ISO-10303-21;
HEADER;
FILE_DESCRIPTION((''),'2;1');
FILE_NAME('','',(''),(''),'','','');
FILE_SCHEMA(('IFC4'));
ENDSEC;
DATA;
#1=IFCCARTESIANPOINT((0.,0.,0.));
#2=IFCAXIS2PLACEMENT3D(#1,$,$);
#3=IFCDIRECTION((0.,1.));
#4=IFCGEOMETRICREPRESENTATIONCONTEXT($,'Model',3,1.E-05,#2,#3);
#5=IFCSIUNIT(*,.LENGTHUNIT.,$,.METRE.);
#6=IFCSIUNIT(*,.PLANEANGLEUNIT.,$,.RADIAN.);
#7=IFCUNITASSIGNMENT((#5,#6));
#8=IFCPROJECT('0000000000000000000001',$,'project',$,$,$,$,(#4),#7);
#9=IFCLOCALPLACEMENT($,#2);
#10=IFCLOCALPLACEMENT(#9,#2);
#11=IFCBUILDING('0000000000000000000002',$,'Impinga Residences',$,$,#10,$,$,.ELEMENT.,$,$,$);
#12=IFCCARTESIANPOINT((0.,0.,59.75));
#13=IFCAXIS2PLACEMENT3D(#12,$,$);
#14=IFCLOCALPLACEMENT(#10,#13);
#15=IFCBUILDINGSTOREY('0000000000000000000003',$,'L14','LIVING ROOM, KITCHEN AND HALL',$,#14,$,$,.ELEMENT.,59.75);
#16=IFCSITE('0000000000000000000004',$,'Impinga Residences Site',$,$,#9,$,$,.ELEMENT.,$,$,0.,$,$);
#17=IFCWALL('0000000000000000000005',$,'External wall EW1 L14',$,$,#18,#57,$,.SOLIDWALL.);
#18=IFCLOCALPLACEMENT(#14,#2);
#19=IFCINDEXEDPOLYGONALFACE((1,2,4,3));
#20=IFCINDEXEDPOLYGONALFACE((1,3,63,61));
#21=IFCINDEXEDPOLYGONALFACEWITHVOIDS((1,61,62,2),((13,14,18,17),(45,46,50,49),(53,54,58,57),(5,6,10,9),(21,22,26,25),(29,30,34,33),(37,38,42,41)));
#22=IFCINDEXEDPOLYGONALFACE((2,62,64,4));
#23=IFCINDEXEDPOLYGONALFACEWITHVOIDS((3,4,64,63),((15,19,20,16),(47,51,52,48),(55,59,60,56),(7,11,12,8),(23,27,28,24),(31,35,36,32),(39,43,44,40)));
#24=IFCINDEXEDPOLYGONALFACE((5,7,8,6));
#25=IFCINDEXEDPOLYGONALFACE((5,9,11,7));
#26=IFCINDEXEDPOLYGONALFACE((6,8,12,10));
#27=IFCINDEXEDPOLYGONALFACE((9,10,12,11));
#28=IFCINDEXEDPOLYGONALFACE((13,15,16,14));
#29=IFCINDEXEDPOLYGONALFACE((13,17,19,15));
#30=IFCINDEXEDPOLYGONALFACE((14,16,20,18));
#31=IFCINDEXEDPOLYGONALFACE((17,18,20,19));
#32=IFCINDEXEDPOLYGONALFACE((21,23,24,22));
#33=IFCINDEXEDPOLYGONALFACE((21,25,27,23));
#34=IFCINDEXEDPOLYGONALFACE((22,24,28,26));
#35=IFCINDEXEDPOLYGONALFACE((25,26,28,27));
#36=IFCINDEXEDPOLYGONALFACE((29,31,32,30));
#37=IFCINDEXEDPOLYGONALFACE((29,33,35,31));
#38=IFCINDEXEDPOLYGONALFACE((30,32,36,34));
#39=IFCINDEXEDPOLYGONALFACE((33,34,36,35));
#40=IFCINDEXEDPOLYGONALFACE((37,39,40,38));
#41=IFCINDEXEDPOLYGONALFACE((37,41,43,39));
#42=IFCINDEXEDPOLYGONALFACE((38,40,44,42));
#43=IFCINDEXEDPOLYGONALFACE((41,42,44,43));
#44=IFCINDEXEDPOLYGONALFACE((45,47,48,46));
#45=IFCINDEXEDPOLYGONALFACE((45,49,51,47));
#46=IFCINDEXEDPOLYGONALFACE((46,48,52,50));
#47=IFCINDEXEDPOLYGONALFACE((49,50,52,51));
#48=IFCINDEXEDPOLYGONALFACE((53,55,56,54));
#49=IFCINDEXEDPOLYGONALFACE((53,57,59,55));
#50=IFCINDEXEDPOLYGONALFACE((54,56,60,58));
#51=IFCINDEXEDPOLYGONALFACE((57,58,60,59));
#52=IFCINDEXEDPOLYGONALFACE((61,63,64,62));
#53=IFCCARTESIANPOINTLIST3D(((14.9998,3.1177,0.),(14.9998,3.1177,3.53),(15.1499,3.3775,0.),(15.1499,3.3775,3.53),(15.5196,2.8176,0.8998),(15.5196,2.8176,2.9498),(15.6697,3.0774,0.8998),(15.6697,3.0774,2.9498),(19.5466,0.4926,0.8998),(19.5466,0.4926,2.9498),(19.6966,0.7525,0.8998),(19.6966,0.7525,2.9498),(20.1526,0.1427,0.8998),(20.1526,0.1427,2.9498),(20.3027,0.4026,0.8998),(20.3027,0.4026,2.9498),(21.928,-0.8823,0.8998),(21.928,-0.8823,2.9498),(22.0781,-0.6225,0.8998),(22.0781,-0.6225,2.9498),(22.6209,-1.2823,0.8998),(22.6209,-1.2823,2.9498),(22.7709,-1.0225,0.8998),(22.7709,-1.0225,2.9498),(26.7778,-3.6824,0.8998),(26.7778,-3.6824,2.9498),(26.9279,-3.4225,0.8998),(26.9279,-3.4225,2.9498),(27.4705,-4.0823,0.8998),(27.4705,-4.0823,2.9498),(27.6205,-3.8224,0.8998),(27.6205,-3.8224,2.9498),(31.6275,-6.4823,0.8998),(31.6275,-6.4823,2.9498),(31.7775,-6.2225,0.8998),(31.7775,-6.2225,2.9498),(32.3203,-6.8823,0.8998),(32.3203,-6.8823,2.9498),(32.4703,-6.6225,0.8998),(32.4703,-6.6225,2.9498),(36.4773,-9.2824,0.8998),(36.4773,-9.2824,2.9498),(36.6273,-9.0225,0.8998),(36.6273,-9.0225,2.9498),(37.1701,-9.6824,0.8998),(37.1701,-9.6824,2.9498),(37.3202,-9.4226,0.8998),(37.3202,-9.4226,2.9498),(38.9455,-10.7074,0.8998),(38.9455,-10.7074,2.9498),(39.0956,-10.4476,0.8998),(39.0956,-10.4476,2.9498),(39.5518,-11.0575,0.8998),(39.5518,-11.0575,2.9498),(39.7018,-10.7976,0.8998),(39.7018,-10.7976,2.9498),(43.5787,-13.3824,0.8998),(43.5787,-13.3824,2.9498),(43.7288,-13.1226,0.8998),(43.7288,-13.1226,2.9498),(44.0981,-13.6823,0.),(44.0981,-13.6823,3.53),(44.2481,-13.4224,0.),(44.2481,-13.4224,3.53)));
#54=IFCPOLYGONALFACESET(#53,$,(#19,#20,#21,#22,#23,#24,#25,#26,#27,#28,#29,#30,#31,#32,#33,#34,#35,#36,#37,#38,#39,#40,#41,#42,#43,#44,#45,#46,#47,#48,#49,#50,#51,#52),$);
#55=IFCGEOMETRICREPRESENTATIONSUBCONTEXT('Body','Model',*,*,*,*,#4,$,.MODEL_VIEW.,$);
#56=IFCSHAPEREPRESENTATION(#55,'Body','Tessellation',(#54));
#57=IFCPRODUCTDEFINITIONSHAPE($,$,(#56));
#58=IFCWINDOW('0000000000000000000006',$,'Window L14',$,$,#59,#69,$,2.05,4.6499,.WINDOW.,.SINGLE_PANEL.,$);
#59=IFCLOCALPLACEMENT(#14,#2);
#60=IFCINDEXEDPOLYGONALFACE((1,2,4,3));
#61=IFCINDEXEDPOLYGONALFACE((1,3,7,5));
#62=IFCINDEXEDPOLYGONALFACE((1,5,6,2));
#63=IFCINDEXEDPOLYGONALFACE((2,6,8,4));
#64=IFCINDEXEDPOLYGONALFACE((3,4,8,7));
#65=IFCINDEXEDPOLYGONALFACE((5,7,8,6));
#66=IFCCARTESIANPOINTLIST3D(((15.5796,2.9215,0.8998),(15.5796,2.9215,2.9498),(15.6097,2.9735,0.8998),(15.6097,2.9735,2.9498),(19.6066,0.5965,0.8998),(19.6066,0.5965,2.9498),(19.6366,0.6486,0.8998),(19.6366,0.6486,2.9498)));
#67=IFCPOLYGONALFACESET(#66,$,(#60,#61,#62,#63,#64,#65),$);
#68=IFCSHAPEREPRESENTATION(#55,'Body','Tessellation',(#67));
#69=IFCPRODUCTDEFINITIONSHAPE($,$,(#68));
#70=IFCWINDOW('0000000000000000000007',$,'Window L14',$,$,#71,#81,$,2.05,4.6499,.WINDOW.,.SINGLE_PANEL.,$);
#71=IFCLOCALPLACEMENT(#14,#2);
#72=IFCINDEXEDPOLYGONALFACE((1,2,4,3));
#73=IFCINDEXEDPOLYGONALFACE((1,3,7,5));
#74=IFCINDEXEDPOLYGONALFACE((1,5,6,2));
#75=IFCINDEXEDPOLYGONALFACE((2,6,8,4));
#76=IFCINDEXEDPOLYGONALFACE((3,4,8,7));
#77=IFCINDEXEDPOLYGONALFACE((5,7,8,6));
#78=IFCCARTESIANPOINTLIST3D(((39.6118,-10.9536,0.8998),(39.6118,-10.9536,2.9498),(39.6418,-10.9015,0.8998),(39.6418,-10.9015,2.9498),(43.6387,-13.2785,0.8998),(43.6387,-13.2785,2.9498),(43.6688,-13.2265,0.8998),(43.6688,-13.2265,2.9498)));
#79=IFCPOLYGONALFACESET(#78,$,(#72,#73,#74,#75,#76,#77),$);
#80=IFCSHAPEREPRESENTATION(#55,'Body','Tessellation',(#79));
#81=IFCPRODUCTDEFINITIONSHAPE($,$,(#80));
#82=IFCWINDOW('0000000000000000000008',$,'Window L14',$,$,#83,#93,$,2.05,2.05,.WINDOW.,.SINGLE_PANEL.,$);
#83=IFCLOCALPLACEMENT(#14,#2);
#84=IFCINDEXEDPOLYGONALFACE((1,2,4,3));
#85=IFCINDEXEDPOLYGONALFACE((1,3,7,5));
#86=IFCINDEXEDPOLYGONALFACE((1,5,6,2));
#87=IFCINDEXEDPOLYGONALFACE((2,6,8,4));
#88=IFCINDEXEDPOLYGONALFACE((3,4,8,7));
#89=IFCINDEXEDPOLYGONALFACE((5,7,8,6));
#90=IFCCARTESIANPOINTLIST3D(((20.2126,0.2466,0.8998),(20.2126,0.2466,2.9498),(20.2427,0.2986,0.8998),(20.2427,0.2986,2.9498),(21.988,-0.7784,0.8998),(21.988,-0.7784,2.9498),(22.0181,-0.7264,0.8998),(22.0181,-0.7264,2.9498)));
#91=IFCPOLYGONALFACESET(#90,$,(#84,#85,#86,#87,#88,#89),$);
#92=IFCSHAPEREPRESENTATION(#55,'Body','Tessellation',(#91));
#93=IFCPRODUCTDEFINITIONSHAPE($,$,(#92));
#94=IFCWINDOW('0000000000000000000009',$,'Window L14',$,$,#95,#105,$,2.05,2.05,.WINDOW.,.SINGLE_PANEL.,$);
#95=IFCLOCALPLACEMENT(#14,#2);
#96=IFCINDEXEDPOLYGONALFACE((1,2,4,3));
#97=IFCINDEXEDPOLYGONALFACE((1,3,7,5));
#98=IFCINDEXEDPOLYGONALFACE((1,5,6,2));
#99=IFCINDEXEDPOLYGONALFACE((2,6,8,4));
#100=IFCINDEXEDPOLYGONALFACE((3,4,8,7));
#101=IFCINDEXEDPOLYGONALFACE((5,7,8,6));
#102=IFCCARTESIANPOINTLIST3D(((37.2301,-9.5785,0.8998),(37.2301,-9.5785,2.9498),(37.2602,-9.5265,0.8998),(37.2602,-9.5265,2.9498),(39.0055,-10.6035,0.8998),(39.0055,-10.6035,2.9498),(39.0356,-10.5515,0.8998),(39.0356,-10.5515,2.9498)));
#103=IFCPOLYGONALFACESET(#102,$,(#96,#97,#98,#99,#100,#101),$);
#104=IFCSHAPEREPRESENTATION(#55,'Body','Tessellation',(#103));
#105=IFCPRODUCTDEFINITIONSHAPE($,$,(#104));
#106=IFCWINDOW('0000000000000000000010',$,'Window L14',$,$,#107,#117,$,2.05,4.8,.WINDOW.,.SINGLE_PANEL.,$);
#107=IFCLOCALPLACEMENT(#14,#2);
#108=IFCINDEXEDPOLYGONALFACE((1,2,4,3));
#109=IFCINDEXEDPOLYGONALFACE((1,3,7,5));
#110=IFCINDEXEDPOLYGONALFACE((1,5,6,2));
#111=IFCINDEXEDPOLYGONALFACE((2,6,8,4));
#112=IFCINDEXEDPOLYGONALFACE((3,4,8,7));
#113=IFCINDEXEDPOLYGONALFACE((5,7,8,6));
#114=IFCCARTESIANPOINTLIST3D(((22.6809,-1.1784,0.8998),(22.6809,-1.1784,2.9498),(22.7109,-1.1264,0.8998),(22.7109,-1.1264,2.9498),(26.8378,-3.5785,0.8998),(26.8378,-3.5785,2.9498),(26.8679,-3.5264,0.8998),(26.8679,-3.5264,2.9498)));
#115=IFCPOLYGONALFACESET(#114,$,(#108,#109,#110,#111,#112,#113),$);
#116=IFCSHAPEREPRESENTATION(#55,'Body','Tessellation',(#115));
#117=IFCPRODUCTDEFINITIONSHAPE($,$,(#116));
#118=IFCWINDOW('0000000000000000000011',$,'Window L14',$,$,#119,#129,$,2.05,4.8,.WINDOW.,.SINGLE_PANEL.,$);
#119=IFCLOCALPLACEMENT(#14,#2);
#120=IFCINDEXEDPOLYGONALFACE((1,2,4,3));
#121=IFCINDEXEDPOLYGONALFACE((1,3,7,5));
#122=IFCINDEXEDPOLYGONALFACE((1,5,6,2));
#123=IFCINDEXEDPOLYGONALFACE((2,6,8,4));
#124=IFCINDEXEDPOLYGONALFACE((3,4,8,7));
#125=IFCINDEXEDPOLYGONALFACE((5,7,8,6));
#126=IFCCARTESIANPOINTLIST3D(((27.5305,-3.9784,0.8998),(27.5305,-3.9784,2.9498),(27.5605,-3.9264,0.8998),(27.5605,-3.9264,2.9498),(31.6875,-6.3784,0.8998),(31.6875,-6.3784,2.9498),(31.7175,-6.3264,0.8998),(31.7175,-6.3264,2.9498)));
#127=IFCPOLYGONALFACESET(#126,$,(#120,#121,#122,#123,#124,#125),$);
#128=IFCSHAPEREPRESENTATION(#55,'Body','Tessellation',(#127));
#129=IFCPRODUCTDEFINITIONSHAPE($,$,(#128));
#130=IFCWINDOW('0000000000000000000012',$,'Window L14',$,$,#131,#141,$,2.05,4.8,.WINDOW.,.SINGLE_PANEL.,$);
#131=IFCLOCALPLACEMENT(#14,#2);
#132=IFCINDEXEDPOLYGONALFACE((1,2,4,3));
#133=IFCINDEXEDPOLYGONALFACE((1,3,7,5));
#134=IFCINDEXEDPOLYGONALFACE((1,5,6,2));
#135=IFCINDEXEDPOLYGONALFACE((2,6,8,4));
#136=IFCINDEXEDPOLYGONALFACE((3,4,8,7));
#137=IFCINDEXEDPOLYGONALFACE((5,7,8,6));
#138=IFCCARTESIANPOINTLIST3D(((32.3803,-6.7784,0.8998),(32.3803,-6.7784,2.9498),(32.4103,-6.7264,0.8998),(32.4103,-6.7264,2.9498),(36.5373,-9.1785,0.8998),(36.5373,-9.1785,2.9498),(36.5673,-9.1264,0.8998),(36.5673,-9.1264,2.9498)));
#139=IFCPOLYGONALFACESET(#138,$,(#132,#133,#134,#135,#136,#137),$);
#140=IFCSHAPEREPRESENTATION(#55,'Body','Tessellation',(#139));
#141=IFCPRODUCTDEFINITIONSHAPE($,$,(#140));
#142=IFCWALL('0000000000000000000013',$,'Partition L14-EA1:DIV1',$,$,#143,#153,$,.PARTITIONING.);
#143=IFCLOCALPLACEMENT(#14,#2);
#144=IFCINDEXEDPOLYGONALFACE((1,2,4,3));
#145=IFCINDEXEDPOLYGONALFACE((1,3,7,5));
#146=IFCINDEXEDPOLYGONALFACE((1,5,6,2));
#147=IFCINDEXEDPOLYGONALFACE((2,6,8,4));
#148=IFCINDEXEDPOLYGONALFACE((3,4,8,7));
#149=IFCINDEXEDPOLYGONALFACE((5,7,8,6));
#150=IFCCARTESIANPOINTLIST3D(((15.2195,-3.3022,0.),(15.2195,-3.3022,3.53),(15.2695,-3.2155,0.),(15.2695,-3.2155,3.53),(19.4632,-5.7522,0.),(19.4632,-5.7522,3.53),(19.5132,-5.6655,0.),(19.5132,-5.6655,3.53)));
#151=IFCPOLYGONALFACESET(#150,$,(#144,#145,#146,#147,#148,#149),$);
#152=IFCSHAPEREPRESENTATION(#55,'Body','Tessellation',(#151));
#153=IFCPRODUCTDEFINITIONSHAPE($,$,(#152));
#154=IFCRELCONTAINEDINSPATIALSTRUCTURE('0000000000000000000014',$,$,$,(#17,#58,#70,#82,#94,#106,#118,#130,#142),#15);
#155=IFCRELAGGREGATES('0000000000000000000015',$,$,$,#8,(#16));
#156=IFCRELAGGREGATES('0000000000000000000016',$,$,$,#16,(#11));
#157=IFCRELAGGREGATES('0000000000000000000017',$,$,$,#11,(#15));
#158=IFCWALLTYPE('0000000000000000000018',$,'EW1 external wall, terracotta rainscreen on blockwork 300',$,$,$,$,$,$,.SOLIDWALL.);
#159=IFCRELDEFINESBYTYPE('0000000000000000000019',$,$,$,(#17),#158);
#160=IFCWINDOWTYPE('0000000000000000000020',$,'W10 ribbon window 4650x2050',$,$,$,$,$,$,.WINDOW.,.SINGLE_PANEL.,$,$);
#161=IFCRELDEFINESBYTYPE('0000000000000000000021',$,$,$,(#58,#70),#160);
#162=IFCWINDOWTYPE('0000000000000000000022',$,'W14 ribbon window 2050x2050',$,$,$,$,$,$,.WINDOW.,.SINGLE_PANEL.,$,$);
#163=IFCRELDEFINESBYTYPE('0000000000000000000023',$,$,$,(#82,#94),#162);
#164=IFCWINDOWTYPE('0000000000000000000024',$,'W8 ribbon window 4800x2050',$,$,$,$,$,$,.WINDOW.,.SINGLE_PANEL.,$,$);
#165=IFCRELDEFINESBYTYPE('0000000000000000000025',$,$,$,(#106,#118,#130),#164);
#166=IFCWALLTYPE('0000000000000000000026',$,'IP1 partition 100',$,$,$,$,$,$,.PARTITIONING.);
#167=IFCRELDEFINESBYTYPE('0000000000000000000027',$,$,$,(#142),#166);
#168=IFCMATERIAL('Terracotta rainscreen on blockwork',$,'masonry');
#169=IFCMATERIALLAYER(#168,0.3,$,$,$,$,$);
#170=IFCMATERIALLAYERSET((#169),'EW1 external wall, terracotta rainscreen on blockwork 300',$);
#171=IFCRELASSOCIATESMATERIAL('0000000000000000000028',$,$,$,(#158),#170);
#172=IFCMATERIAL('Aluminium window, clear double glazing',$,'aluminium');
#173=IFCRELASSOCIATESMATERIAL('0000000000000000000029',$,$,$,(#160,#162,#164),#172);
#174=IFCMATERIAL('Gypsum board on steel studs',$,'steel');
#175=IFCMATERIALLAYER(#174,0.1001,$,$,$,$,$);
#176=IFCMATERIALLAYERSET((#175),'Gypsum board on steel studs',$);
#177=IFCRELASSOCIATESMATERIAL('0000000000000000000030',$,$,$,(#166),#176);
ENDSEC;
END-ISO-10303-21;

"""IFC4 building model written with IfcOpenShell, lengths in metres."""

from ifc_helpers import new_model, si_unit, direction, frame, frame_2d, origin, place, context, subcontext, project, spatial, rectangle, extrude, material, layer, layer_set, type_object, element, fill, save


model = new_model("IFC4")

# Units and contexts
model_context = context("Model", 3, precision=1e-05, world=origin(), true_north=direction((0.0, 1.0)))
body_context = subcontext(model_context, "Body", "Model", "MODEL_VIEW")
ifc_project = project(units=[si_unit("LENGTHUNIT", "METRE"), si_unit("PLANEANGLEUNIT", "RADIAN")], contexts=[model_context])

# Site, building, storey
site_placement = place(None, origin())
site = spatial("IfcSite", under=ifc_project, at=site_placement, Name="Impinga Residences Site", CompositionType="ELEMENT", RefElevation=0.0)
building_placement = place(site_placement, origin())
building = spatial("IfcBuilding", under=site, at=building_placement, Name="Impinga Residences", CompositionType="ELEMENT")
storey_placement = place(building_placement, frame((0.0, 0.0, 59.75)))
storey = spatial("IfcBuildingStorey", under=building, at=storey_placement, Name="L14", Description="LIVING ROOM, KITCHEN AND HALL", CompositionType="ELEMENT", Elevation=59.75)

# Shared definitions
ifc_material_1 = material(Name="Terracotta rainscreen on blockwork", Category="masonry")
ifc_layer_1 = layer(ifc_material_1, 0.3)
ifc_layer_set_1 = layer_set([ifc_layer_1], Name="EW1 external wall, terracotta rainscreen on blockwork 300")
wall_type_1 = type_object("IfcWallType", Name="EW1 external wall, terracotta rainscreen on blockwork 300", PredefinedType="SOLIDWALL", material=ifc_layer_set_1)

# Wall, openings, windows
wall_1_placement = place(storey_placement, frame((15.075, 3.2476, 0.0), z_axis=(0.0, 0.0, 1.0), x_axis=(0.866024, -0.500002, 0.0)))
wall_1 = element("IfcWall", 1, at=wall_1_placement, inside=storey, type_object=wall_type_1, Name="External wall EW1 L14", PredefinedType="SOLIDWALL", context=body_context, shape_type="SweptSolid", body=[
    extrude(rectangle(XDim=33.5999, YDim=0.3, at=frame_2d((16.7998, 0.0))), origin(), (0.0, 0.0, 1.0), 3.53),
])
opening_1_placement = place(wall_1_placement, frame((0.6001, 0.0, 0.8999)))
opening_1 = element("IfcOpeningElement", 2, at=opening_1_placement, cuts=wall_1, PredefinedType="OPENING", context=body_context, shape_type="SweptSolid", body=[
    extrude(rectangle(XDim=4.6499, YDim=2.05, at=frame_2d((2.325, 1.0249))), frame((0.0, 0.1599, 0.0), z_axis=(0.0, -1.0, 0.0), x_axis=(1.0, 0.0, 0.0)), (0.0, 0.0, 1.0), 0.3201),
])
opening_2_placement = place(wall_1_placement, frame((5.95, 0.0, 0.8999)))
opening_2 = element("IfcOpeningElement", 3, at=opening_2_placement, cuts=wall_1, PredefinedType="OPENING", context=body_context, shape_type="SweptSolid", body=[
    extrude(rectangle(XDim=2.05, YDim=2.05, at=frame_2d((1.0249, 1.0249))), frame((0.0, 0.1599, 0.0), z_axis=(0.0, -1.0, 0.0), x_axis=(1.0, 0.0, 0.0)), (0.0, 0.0, 1.0), 0.3201),
])
opening_3_placement = place(wall_1_placement, frame((8.8, 0.0, 0.8999)))
opening_3 = element("IfcOpeningElement", 4, at=opening_3_placement, cuts=wall_1, PredefinedType="OPENING", context=body_context, shape_type="SweptSolid", body=[
    extrude(rectangle(XDim=4.8, YDim=2.05, at=frame_2d((2.3999, 1.0249))), frame((0.0, 0.1599, 0.0), z_axis=(0.0, -1.0, 0.0), x_axis=(1.0, 0.0, 0.0)), (0.0, 0.0, 1.0), 0.3201),
])
opening_4_placement = place(wall_1_placement, frame((14.3999, 0.0, 0.8999)))
opening_4 = element("IfcOpeningElement", 5, at=opening_4_placement, cuts=wall_1, PredefinedType="OPENING", context=body_context, shape_type="SweptSolid", body=[
    extrude(rectangle(XDim=4.8, YDim=2.05, at=frame_2d((2.3999, 1.0249))), frame((0.0, 0.1599, 0.0), z_axis=(0.0, -1.0, 0.0), x_axis=(1.0, 0.0, 0.0)), (0.0, 0.0, 1.0), 0.3201),
])
opening_5_placement = place(wall_1_placement, frame((20.0, 0.0, 0.8999)))
opening_5 = element("IfcOpeningElement", 6, at=opening_5_placement, cuts=wall_1, PredefinedType="OPENING", context=body_context, shape_type="SweptSolid", body=[
    extrude(rectangle(XDim=4.8, YDim=2.05, at=frame_2d((2.3999, 1.0249))), frame((0.0, 0.1599, 0.0), z_axis=(0.0, -1.0, 0.0), x_axis=(1.0, 0.0, 0.0)), (0.0, 0.0, 1.0), 0.3201),
])
opening_6_placement = place(wall_1_placement, frame((25.6001, 0.0, 0.8999)))
opening_6 = element("IfcOpeningElement", 7, at=opening_6_placement, cuts=wall_1, PredefinedType="OPENING", context=body_context, shape_type="SweptSolid", body=[
    extrude(rectangle(XDim=2.05, YDim=2.05, at=frame_2d((1.0249, 1.0249))), frame((0.0, 0.1599, 0.0), z_axis=(0.0, -1.0, 0.0), x_axis=(1.0, 0.0, 0.0)), (0.0, 0.0, 1.0), 0.3201),
])
opening_7_placement = place(wall_1_placement, frame((28.3501, 0.0, 0.8999)))
opening_7 = element("IfcOpeningElement", 8, at=opening_7_placement, cuts=wall_1, PredefinedType="OPENING", context=body_context, shape_type="SweptSolid", body=[
    extrude(rectangle(XDim=4.6499, YDim=2.05, at=frame_2d((2.325, 1.0249))), frame((0.0, 0.1599, 0.0), z_axis=(0.0, -1.0, 0.0), x_axis=(1.0, 0.0, 0.0)), (0.0, 0.0, 1.0), 0.3201),
])
ifc_material_2 = material(Name="Aluminium window, clear double glazing", Category="aluminium")
window_type_1 = type_object("IfcWindowType", Name="W10 ribbon window 4650x2050", PartitioningType="SINGLE_PANEL", PredefinedType="WINDOW", material=ifc_material_2)
window_1_placement = place(opening_1_placement, origin())
window_1 = element("IfcWindow", 9, at=window_1_placement, inside=storey, type_object=window_type_1, Name="Window L14", OverallHeight=2.05, OverallWidth=4.6499, PartitioningType="SINGLE_PANEL", PredefinedType="WINDOW", context=body_context, shape_type="SweptSolid", body=[
    extrude(rectangle(XDim=4.6499, YDim=2.05, at=frame_2d((2.325, 1.0249))), frame((0.0, 0.03, 0.0), z_axis=(0.0, -1.0, 0.0), x_axis=(1.0, 0.0, 0.0)), (0.0, 0.0, 1.0), 0.0601),
])
fill(opening_1, window_1)
window_2_placement = place(opening_7_placement, origin())
window_2 = element("IfcWindow", 10, at=window_2_placement, inside=storey, type_object=window_type_1, Name="Window L14", OverallHeight=2.05, OverallWidth=4.6499, PartitioningType="SINGLE_PANEL", PredefinedType="WINDOW", context=body_context, shape_type="SweptSolid", body=[
    extrude(rectangle(XDim=4.6499, YDim=2.05, at=frame_2d((2.325, 1.0249))), frame((0.0, 0.03, 0.0), z_axis=(0.0, -1.0, 0.0), x_axis=(1.0, 0.0, 0.0)), (0.0, 0.0, 1.0), 0.0601),
])
fill(opening_7, window_2)
window_type_2 = type_object("IfcWindowType", Name="W14 ribbon window 2050x2050", PartitioningType="SINGLE_PANEL", PredefinedType="WINDOW", material=ifc_material_2)
window_3_placement = place(opening_2_placement, origin())
window_3 = element("IfcWindow", 11, at=window_3_placement, inside=storey, type_object=window_type_2, Name="Window L14", OverallHeight=2.05, OverallWidth=2.05, PartitioningType="SINGLE_PANEL", PredefinedType="WINDOW", context=body_context, shape_type="SweptSolid", body=[
    extrude(rectangle(XDim=2.05, YDim=2.05, at=frame_2d((1.0249, 1.0249))), frame((0.0, 0.03, 0.0), z_axis=(0.0, -1.0, 0.0), x_axis=(1.0, 0.0, 0.0)), (0.0, 0.0, 1.0), 0.0601),
])
fill(opening_2, window_3)
window_4_placement = place(opening_6_placement, origin())
window_4 = element("IfcWindow", 12, at=window_4_placement, inside=storey, type_object=window_type_2, Name="Window L14", OverallHeight=2.05, OverallWidth=2.05, PartitioningType="SINGLE_PANEL", PredefinedType="WINDOW", context=body_context, shape_type="SweptSolid", body=[
    extrude(rectangle(XDim=2.05, YDim=2.05, at=frame_2d((1.0249, 1.0249))), frame((0.0, 0.03, 0.0), z_axis=(0.0, -1.0, 0.0), x_axis=(1.0, 0.0, 0.0)), (0.0, 0.0, 1.0), 0.0601),
])
fill(opening_6, window_4)
window_type_3 = type_object("IfcWindowType", Name="W8 ribbon window 4800x2050", PartitioningType="SINGLE_PANEL", PredefinedType="WINDOW", material=ifc_material_2)
window_5_placement = place(opening_3_placement, origin())
window_5 = element("IfcWindow", 13, at=window_5_placement, inside=storey, type_object=window_type_3, Name="Window L14", OverallHeight=2.05, OverallWidth=4.8, PartitioningType="SINGLE_PANEL", PredefinedType="WINDOW", context=body_context, shape_type="SweptSolid", body=[
    extrude(rectangle(XDim=4.8, YDim=2.05, at=frame_2d((2.3999, 1.0249))), frame((0.0, 0.03, 0.0), z_axis=(0.0, -1.0, 0.0), x_axis=(1.0, 0.0, 0.0)), (0.0, 0.0, 1.0), 0.0601),
])
fill(opening_3, window_5)
window_6_placement = place(opening_4_placement, origin())
window_6 = element("IfcWindow", 14, at=window_6_placement, inside=storey, type_object=window_type_3, Name="Window L14", OverallHeight=2.05, OverallWidth=4.8, PartitioningType="SINGLE_PANEL", PredefinedType="WINDOW", context=body_context, shape_type="SweptSolid", body=[
    extrude(rectangle(XDim=4.8, YDim=2.05, at=frame_2d((2.3999, 1.0249))), frame((0.0, 0.03, 0.0), z_axis=(0.0, -1.0, 0.0), x_axis=(1.0, 0.0, 0.0)), (0.0, 0.0, 1.0), 0.0601),
])
fill(opening_4, window_6)
window_7_placement = place(opening_5_placement, origin())
window_7 = element("IfcWindow", 15, at=window_7_placement, inside=storey, type_object=window_type_3, Name="Window L14", OverallHeight=2.05, OverallWidth=4.8, PartitioningType="SINGLE_PANEL", PredefinedType="WINDOW", context=body_context, shape_type="SweptSolid", body=[
    extrude(rectangle(XDim=4.8, YDim=2.05, at=frame_2d((2.3999, 1.0249))), frame((0.0, 0.03, 0.0), z_axis=(0.0, -1.0, 0.0), x_axis=(1.0, 0.0, 0.0)), (0.0, 0.0, 1.0), 0.0601),
])
fill(opening_5, window_7)

# Wall
ifc_material_3 = material(Name="Gypsum board on steel studs", Category="steel")
ifc_layer_2 = layer(ifc_material_3, 0.1001)
ifc_layer_set_2 = layer_set([ifc_layer_2], Name="Gypsum board on steel studs")
wall_type_2 = type_object("IfcWallType", Name="IP1 partition 100", PredefinedType="PARTITIONING", material=ifc_layer_set_2)
wall_2_placement = place(storey_placement, frame((15.2444, -3.2588, 0.0), z_axis=(0.0, 0.0, 1.0), x_axis=(0.866036, -0.499981, 0.0)))
element("IfcWall", 16, at=wall_2_placement, inside=storey, type_object=wall_type_2, Name="Partition L14-EA1:DIV1", PredefinedType="PARTITIONING", context=body_context, shape_type="SweptSolid", body=[
    extrude(rectangle(XDim=4.9001, YDim=0.1001, at=frame_2d((2.4502, 0.0))), origin(), (0.0, 0.0, 1.0), 3.53),
])

save(model, "model.ifc")
